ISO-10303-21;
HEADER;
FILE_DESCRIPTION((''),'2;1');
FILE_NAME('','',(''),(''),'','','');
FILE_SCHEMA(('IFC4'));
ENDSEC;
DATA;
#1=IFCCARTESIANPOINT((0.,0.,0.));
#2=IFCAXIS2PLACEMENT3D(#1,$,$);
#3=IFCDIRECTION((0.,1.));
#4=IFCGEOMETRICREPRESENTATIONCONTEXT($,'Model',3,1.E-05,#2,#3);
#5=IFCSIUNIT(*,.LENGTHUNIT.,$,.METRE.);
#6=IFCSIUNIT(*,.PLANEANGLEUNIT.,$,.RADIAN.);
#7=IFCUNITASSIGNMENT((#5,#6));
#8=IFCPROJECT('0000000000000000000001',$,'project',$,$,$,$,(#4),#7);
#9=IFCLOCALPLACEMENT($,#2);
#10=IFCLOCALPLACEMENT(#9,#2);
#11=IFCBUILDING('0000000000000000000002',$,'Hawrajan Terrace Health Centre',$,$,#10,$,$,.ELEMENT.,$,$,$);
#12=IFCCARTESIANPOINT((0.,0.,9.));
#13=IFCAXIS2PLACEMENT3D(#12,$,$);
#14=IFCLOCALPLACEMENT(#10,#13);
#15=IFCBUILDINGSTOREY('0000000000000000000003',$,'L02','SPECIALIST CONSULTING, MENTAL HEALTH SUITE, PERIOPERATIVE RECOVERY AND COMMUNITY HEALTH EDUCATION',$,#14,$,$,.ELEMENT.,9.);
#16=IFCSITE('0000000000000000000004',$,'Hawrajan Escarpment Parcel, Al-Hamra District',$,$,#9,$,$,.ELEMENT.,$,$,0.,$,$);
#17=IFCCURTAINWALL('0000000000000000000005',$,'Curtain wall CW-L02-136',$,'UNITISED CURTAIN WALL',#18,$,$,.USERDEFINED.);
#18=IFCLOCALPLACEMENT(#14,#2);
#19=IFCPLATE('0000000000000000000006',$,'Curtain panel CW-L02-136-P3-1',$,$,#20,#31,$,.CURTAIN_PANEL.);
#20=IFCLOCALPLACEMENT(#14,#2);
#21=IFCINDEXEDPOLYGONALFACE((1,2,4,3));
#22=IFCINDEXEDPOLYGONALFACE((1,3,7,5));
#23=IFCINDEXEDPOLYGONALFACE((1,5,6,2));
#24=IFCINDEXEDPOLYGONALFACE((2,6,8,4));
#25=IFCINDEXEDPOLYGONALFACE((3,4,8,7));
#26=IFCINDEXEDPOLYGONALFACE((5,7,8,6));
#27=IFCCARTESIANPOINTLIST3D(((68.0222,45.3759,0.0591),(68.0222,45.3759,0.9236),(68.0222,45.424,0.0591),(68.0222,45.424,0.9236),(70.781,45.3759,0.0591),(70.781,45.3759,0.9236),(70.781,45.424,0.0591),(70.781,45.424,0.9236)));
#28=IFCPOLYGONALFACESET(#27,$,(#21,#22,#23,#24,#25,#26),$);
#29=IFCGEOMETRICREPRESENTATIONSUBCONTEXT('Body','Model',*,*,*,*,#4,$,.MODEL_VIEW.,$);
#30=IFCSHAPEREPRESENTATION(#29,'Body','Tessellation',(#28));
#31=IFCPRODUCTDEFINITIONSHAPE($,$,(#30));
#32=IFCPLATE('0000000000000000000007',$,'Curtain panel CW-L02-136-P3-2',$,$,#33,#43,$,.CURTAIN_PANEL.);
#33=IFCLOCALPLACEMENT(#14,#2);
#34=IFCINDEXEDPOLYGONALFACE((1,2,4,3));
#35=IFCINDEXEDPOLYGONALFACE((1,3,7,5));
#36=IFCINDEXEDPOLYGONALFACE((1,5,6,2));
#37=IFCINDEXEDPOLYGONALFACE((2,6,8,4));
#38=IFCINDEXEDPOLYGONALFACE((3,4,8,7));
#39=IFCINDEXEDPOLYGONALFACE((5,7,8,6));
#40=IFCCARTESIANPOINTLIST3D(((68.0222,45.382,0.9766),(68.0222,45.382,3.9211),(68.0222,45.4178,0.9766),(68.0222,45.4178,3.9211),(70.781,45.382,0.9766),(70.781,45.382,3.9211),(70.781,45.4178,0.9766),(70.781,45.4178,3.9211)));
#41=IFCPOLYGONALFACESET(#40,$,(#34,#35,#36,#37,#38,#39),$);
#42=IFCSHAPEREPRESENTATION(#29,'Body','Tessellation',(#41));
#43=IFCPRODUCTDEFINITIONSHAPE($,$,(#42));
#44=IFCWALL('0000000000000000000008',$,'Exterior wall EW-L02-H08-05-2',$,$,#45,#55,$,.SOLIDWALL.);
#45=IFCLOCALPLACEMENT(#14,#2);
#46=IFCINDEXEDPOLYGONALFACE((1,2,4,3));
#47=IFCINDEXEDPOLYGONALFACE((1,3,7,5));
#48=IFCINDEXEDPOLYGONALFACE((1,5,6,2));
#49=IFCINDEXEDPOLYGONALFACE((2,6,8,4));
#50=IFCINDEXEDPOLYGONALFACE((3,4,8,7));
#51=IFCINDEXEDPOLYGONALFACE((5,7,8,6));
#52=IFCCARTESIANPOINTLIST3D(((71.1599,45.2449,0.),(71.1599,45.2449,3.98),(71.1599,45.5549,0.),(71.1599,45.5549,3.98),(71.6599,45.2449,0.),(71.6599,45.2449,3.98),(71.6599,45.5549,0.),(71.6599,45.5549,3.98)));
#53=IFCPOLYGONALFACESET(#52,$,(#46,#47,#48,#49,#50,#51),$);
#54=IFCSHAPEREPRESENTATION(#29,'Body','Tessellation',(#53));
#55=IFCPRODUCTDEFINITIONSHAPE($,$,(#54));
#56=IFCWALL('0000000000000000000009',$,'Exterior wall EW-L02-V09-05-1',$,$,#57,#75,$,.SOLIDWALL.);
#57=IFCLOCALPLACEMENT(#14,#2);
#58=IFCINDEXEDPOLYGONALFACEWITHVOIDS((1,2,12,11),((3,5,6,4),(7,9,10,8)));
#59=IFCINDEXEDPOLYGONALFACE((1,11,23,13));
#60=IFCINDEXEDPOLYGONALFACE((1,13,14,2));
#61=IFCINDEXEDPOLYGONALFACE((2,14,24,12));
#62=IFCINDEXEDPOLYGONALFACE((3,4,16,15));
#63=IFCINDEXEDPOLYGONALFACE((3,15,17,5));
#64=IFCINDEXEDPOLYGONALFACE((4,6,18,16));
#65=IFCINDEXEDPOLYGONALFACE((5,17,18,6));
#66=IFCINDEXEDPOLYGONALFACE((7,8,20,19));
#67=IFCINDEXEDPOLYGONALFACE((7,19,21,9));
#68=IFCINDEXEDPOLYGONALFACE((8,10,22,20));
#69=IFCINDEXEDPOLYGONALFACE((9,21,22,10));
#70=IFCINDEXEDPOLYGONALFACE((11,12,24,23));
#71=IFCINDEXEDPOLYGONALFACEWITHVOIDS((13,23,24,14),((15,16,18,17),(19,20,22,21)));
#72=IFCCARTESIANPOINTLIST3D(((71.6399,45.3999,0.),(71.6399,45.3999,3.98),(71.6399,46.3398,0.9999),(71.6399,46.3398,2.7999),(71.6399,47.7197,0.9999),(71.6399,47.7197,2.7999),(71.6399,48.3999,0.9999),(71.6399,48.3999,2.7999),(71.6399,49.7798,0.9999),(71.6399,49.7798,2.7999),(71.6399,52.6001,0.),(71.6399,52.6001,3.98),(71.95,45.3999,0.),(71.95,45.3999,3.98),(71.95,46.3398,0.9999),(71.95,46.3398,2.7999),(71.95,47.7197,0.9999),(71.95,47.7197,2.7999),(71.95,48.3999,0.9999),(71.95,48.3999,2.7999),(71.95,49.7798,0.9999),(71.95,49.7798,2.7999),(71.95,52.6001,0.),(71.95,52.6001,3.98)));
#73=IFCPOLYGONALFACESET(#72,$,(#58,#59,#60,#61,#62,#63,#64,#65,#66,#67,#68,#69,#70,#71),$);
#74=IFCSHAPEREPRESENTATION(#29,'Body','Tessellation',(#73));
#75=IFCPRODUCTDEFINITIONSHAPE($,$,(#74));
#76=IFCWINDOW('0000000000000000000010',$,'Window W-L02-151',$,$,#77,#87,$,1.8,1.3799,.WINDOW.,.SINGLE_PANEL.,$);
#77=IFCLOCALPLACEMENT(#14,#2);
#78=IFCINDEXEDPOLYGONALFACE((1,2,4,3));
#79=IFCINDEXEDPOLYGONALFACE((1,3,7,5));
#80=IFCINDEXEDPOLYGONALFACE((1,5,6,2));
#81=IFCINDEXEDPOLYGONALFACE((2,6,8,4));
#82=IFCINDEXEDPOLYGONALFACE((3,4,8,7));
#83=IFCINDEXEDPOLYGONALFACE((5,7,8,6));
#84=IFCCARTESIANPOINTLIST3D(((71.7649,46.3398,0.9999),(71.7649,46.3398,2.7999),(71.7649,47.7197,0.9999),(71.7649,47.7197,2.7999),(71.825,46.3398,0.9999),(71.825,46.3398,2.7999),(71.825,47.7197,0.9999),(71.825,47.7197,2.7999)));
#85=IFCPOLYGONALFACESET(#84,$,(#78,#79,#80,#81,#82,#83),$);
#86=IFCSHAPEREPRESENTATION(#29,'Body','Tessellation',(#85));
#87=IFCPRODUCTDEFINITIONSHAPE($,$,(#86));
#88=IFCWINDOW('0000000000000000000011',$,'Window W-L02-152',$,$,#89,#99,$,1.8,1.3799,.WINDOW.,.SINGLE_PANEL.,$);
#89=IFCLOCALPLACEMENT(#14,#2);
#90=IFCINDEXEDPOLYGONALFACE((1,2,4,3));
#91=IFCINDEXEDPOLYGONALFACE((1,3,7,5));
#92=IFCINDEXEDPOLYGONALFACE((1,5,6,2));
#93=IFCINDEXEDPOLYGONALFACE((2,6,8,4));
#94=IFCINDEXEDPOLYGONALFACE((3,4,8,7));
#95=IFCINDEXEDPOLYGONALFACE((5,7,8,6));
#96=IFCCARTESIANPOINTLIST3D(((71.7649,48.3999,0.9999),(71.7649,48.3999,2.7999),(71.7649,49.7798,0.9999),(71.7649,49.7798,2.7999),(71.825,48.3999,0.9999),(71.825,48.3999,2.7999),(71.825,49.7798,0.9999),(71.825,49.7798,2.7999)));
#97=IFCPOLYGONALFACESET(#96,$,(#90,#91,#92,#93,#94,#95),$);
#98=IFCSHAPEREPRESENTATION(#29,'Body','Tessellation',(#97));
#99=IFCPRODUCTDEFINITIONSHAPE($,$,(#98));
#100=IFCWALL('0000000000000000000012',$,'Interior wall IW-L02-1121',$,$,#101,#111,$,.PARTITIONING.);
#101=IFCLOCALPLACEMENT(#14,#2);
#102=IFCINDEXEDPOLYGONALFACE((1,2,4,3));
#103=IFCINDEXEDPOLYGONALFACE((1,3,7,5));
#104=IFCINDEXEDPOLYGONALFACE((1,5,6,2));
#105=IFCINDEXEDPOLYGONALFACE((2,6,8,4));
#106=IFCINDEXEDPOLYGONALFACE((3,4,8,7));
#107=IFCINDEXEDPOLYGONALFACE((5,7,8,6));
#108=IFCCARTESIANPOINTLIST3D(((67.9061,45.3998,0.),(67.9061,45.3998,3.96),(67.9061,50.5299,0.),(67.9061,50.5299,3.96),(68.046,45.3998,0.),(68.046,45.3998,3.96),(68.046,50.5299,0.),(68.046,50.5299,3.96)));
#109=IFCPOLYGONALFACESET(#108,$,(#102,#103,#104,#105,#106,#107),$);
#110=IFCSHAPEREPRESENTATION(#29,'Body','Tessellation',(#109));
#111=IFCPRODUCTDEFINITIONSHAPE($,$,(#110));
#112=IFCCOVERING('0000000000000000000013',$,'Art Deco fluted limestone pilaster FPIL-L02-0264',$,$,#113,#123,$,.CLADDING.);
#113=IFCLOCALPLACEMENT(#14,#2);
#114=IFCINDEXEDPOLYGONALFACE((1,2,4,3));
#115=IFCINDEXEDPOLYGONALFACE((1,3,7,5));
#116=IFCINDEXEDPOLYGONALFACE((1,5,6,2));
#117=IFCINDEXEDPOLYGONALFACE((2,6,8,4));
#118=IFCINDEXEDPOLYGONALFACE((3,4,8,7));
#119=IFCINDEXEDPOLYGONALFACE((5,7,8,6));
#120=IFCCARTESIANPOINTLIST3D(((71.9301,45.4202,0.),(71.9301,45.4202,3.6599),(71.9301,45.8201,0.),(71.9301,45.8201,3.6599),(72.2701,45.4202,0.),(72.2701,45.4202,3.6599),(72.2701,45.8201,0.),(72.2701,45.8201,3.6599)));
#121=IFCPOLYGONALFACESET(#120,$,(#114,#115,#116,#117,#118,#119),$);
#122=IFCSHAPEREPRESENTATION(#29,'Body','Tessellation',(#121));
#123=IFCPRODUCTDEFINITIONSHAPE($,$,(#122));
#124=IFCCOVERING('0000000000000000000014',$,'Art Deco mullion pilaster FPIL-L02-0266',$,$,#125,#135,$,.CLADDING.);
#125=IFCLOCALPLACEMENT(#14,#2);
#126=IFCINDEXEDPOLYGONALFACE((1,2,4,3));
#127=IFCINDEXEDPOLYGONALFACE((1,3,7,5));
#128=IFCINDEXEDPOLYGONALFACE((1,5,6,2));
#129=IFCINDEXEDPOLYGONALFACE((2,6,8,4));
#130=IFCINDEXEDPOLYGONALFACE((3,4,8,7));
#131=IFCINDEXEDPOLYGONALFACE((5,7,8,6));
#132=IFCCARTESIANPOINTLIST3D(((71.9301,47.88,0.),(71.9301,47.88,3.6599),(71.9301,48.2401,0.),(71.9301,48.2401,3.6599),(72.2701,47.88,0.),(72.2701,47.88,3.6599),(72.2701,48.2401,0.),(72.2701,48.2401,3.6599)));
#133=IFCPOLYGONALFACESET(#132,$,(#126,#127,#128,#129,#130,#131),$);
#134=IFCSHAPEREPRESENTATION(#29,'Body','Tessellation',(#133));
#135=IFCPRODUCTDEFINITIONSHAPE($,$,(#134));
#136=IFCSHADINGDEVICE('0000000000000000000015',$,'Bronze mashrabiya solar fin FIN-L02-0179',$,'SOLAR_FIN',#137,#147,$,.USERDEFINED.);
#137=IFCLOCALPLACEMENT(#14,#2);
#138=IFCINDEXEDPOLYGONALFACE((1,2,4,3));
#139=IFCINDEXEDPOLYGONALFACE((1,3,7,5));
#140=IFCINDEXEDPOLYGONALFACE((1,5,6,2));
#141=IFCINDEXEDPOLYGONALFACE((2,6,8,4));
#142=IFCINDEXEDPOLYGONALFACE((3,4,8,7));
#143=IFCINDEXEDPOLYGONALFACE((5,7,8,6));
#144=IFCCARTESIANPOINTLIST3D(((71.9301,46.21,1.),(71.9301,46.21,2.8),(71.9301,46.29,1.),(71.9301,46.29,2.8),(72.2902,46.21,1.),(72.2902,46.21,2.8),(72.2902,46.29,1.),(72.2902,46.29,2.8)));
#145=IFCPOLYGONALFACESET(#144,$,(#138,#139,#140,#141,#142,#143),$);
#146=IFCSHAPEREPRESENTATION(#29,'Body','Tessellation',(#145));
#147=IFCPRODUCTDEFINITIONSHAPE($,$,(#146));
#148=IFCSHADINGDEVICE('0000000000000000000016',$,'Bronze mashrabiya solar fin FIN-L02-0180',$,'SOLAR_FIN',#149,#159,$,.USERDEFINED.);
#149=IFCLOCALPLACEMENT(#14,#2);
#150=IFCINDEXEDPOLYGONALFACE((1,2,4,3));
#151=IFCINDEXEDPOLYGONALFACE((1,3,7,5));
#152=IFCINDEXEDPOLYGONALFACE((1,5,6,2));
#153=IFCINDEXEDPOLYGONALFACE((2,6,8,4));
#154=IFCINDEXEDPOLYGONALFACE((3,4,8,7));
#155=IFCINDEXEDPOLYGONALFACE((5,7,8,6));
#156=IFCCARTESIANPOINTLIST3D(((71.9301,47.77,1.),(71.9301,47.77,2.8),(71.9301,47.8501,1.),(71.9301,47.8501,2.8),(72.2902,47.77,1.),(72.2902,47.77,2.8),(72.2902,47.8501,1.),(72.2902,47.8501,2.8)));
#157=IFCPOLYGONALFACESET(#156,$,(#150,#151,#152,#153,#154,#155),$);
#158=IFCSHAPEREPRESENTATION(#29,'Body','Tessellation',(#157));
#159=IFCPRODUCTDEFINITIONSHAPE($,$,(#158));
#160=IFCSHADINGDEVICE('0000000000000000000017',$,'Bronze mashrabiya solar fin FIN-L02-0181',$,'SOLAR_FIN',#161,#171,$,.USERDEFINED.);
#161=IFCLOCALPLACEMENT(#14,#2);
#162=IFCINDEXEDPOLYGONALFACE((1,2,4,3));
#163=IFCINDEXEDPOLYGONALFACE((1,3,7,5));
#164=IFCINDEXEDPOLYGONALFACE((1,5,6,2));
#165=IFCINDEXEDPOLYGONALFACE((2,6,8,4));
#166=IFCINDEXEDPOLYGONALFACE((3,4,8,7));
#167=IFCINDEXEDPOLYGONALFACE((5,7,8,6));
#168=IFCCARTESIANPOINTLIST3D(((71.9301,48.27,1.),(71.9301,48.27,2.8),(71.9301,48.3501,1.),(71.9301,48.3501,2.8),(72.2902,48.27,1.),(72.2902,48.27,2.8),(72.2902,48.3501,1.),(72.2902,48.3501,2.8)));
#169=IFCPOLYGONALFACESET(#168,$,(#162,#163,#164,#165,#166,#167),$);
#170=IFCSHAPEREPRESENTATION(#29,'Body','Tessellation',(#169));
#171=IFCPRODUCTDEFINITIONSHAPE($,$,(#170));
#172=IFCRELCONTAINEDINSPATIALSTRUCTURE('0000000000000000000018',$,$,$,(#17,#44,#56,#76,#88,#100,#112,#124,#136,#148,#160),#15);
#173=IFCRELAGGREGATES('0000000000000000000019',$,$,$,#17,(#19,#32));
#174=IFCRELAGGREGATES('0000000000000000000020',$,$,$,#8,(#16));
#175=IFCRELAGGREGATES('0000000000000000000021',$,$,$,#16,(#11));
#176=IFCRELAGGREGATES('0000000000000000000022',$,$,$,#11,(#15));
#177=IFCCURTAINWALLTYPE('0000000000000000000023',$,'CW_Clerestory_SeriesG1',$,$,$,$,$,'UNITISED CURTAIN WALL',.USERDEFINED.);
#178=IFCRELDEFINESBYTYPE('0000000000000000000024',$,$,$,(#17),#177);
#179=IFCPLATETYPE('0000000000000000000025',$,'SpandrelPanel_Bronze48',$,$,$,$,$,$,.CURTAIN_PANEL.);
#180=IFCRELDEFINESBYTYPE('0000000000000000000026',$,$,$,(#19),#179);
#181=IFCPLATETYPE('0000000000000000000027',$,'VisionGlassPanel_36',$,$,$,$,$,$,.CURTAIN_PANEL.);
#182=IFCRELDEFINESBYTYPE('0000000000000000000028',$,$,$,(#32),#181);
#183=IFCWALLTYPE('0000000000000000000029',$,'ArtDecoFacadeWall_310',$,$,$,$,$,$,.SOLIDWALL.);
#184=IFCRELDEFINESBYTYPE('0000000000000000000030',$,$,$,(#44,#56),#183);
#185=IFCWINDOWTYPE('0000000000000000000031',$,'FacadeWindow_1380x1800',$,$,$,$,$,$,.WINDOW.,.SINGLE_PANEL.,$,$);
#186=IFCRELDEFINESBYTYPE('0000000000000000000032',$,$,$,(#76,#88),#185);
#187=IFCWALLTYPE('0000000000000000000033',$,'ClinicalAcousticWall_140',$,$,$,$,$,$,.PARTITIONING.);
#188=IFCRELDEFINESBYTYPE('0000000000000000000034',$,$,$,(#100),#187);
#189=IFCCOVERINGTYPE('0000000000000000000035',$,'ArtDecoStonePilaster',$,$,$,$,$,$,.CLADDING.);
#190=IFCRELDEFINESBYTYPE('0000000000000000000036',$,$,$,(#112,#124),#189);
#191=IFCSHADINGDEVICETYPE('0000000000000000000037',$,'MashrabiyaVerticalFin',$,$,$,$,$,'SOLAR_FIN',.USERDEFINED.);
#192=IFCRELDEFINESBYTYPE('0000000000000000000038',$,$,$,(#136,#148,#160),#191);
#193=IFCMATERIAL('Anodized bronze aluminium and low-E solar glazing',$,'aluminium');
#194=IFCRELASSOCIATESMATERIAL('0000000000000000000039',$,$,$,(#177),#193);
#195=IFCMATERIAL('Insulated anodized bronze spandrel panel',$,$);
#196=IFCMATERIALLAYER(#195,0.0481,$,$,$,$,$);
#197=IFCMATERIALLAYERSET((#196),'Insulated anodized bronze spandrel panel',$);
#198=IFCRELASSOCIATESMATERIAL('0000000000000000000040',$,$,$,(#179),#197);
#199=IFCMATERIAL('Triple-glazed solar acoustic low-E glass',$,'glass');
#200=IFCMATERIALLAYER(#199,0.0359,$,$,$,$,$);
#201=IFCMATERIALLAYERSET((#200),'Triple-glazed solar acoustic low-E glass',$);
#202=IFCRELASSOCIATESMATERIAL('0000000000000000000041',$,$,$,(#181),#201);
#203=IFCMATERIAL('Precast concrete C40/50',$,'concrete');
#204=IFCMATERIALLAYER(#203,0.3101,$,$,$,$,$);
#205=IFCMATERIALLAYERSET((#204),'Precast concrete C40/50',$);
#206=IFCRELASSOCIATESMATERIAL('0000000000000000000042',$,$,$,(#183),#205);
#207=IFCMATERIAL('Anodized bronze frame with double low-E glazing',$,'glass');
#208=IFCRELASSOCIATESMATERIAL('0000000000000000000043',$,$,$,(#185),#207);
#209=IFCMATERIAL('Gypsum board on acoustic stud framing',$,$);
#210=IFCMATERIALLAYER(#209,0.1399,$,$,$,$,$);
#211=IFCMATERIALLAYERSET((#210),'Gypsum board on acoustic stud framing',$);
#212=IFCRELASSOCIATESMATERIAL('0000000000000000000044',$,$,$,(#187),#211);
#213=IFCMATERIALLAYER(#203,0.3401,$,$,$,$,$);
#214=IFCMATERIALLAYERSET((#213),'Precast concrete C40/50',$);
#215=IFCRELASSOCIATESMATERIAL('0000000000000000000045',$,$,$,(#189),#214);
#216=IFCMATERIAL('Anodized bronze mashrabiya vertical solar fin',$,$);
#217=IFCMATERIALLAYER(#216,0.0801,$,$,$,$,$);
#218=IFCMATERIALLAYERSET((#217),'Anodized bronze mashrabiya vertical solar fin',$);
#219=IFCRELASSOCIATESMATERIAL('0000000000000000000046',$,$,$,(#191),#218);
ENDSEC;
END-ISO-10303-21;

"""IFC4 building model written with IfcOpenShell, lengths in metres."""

from ifc_helpers import new_model, si_unit, direction, frame, frame_2d, origin, origin_2d, place, context, subcontext, project, spatial, rectangle, extrude, material, layer, layer_set, type_object, element, fill, aggregate, save


model = new_model("IFC4")

# Units and contexts
model_context = context("Model", 3, precision=1e-05, world=origin(), true_north=direction((0.0, 1.0)))
body_context = subcontext(model_context, "Body", "Model", "MODEL_VIEW")
ifc_project = project(units=[si_unit("LENGTHUNIT", "METRE"), si_unit("PLANEANGLEUNIT", "RADIAN")], contexts=[model_context])

# Site, building, storey
site_placement = place(None, origin())
site = spatial("IfcSite", under=ifc_project, at=site_placement, Name="Hawrajan Escarpment Parcel, Al-Hamra District", CompositionType="ELEMENT", RefElevation=0.0)
building_placement = place(site_placement, origin())
building = spatial("IfcBuilding", under=site, at=building_placement, Name="Hawrajan Terrace Health Centre", CompositionType="ELEMENT")
storey_placement = place(building_placement, frame((0.0, 0.0, 9.0)))
storey = spatial("IfcBuildingStorey", under=building, at=storey_placement, Name="L02", Description="SPECIALIST CONSULTING, MENTAL HEALTH SUITE, PERIOPERATIVE RECOVERY AND COMMUNITY HEALTH EDUCATION", CompositionType="ELEMENT", Elevation=9.0)

# Curtain wall
ifc_material_1 = material(Name="Anodized bronze aluminium and low-E solar glazing", Category="aluminium")
curtain_wall_type = type_object("IfcCurtainWallType", Name="CW_Clerestory_SeriesG1", ElementType="UNITISED CURTAIN WALL", PredefinedType="USERDEFINED", material=ifc_material_1)
curtain_wall_placement = place(storey_placement, origin())
curtain_wall = element("IfcCurtainWall", 1, at=curtain_wall_placement, inside=storey, type_object=curtain_wall_type, Name="Curtain wall CW-L02-136", ObjectType="UNITISED CURTAIN WALL", PredefinedType="USERDEFINED")

# Plates
ifc_material_2 = material(Name="Insulated anodized bronze spandrel panel")
ifc_layer_1 = layer(ifc_material_2, 0.0481)
ifc_layer_set_1 = layer_set([ifc_layer_1], Name="Insulated anodized bronze spandrel panel")
plate_type_1 = type_object("IfcPlateType", Name="SpandrelPanel_Bronze48", PredefinedType="CURTAIN_PANEL", material=ifc_layer_set_1)
plate_1_placement = place(storey_placement, frame((69.4016, 45.3999, 0.0591), z_axis=(0.0, 0.0, 1.0), x_axis=(1.0, 0.0, 0.0)))
plate_1 = element("IfcPlate", 2, at=plate_1_placement, type_object=plate_type_1, Name="Curtain panel CW-L02-136-P3-1", PredefinedType="CURTAIN_PANEL", context=body_context, shape_type="SweptSolid", body=[
    extrude(rectangle(XDim=2.7588, YDim=0.0481, at=origin_2d()), origin(), (0.0, 0.0, 1.0), 0.8645),
])
ifc_material_3 = material(Name="Triple-glazed solar acoustic low-E glass", Category="glass")
ifc_layer_2 = layer(ifc_material_3, 0.0359)
ifc_layer_set_2 = layer_set([ifc_layer_2], Name="Triple-glazed solar acoustic low-E glass")
plate_type_2 = type_object("IfcPlateType", Name="VisionGlassPanel_36", PredefinedType="CURTAIN_PANEL", material=ifc_layer_set_2)
plate_2_placement = place(storey_placement, frame((69.4016, 45.3999, 0.9766), z_axis=(0.0, 0.0, 1.0), x_axis=(1.0, 0.0, 0.0)))
plate_2 = element("IfcPlate", 3, at=plate_2_placement, type_object=plate_type_2, Name="Curtain panel CW-L02-136-P3-2", PredefinedType="CURTAIN_PANEL", context=body_context, shape_type="SweptSolid", body=[
    extrude(rectangle(XDim=2.7588, YDim=0.0359, at=origin_2d()), origin(), (0.0, 0.0, 1.0), 2.9446),
])
aggregate(curtain_wall, [plate_1, plate_2])

# Wall
ifc_material_4 = material(Name="Precast concrete C40/50", Category="concrete")
ifc_layer_3 = layer(ifc_material_4, 0.3101)
ifc_layer_set_3 = layer_set([ifc_layer_3], Name="Precast concrete C40/50")
wall_type_1 = type_object("IfcWallType", Name="ArtDecoFacadeWall_310", PredefinedType="SOLIDWALL", material=ifc_layer_set_3)
wall_1_placement = place(storey_placement, frame((71.1599, 45.3999, 0.0), z_axis=(0.0, 0.0, 1.0), x_axis=(1.0, 0.0, 0.0)))
element("IfcWall", 4, at=wall_1_placement, inside=storey, type_object=wall_type_1, Name="Exterior wall EW-L02-H08-05-2", PredefinedType="SOLIDWALL", context=body_context, shape_type="SweptSolid", body=[
    extrude(rectangle(XDim=0.5, YDim=0.3101, at=frame_2d((0.25, 0.0))), origin(), (0.0, 0.0, 1.0), 3.98),
])

# Wall, openings, windows
wall_2_placement = place(storey_placement, frame((71.7949, 45.3999, 0.0), z_axis=(0.0, 0.0, 1.0), x_axis=(0.0, 1.0, 0.0)))
wall_2 = element("IfcWall", 5, at=wall_2_placement, inside=storey, type_object=wall_type_1, Name="Exterior wall EW-L02-V09-05-1", PredefinedType="SOLIDWALL", context=body_context, shape_type="SweptSolid", body=[
    extrude(rectangle(XDim=7.2002, YDim=0.3101, at=frame_2d((3.6001, 0.0))), origin(), (0.0, 0.0, 1.0), 3.98),
])
opening_1_placement = place(wall_2_placement, frame((0.9399, 0.0, 1.0)))
opening_1 = element("IfcOpeningElement", 6, at=opening_1_placement, cuts=wall_2, PredefinedType="OPENING", context=body_context, shape_type="SweptSolid", body=[
    extrude(rectangle(XDim=1.3799, YDim=1.8, at=frame_2d((0.6899, 0.8999))), frame((0.0, 0.165, 0.0), z_axis=(0.0, -1.0, 0.0), x_axis=(1.0, 0.0, 0.0)), (0.0, 0.0, 1.0), 0.3301),
])
opening_2_placement = place(wall_2_placement, frame((3.0, 0.0, 1.0)))
opening_2 = element("IfcOpeningElement", 7, at=opening_2_placement, cuts=wall_2, PredefinedType="OPENING", context=body_context, shape_type="SweptSolid", body=[
    extrude(rectangle(XDim=1.3799, YDim=1.8, at=frame_2d((0.6899, 0.8999))), frame((0.0, 0.165, 0.0), z_axis=(0.0, -1.0, 0.0), x_axis=(1.0, 0.0, 0.0)), (0.0, 0.0, 1.0), 0.3301),
])
ifc_material_5 = material(Name="Anodized bronze frame with double low-E glazing", Category="glass")
window_type = type_object("IfcWindowType", Name="FacadeWindow_1380x1800", PartitioningType="SINGLE_PANEL", PredefinedType="WINDOW", material=ifc_material_5)
window_1_placement = place(opening_1_placement, origin())
window_1 = element("IfcWindow", 8, at=window_1_placement, inside=storey, type_object=window_type, Name="Window W-L02-151", OverallHeight=1.8, OverallWidth=1.3799, PartitioningType="SINGLE_PANEL", PredefinedType="WINDOW", context=body_context, shape_type="SweptSolid", body=[
    extrude(rectangle(XDim=1.3799, YDim=1.8, at=frame_2d((0.6899, 0.8999))), frame((0.0, 0.03, 0.0), z_axis=(0.0, -1.0, 0.0), x_axis=(1.0, 0.0, 0.0)), (0.0, 0.0, 1.0), 0.0601),
])
fill(opening_1, window_1)
window_2_placement = place(opening_2_placement, origin())
window_2 = element("IfcWindow", 9, at=window_2_placement, inside=storey, type_object=window_type, Name="Window W-L02-152", OverallHeight=1.8, OverallWidth=1.3799, PartitioningType="SINGLE_PANEL", PredefinedType="WINDOW", context=body_context, shape_type="SweptSolid", body=[
    extrude(rectangle(XDim=1.3799, YDim=1.8, at=frame_2d((0.6899, 0.8999))), frame((0.0, 0.03, 0.0), z_axis=(0.0, -1.0, 0.0), x_axis=(1.0, 0.0, 0.0)), (0.0, 0.0, 1.0), 0.0601),
])
fill(opening_2, window_2)

# Wall
ifc_material_6 = material(Name="Gypsum board on acoustic stud framing")
ifc_layer_4 = layer(ifc_material_6, 0.1399)
ifc_layer_set_4 = layer_set([ifc_layer_4], Name="Gypsum board on acoustic stud framing")
wall_type_2 = type_object("IfcWallType", Name="ClinicalAcousticWall_140", PredefinedType="PARTITIONING", material=ifc_layer_set_4)
wall_3_placement = place(storey_placement, frame((67.9761, 45.3999, 0.0), z_axis=(0.0, 0.0, 1.0), x_axis=(0.0, 1.0, 0.0)))
element("IfcWall", 10, at=wall_3_placement, inside=storey, type_object=wall_type_2, Name="Interior wall IW-L02-1121", PredefinedType="PARTITIONING", context=body_context, shape_type="SweptSolid", body=[
    extrude(rectangle(XDim=5.1301, YDim=0.1399, at=frame_2d((2.5649, 0.0))), origin(), (0.0, 0.0, 1.0), 3.96),
])

# Coverings
ifc_layer_5 = layer(ifc_material_4, 0.3401)
ifc_layer_set_5 = layer_set([ifc_layer_5], Name="Precast concrete C40/50")
covering_type = type_object("IfcCoveringType", Name="ArtDecoStonePilaster", PredefinedType="CLADDING", material=ifc_layer_set_5)
covering_1_placement = place(storey_placement, frame((72.1001, 45.6201, 0.0), z_axis=(0.0, 0.0, 1.0), x_axis=(0.0, 1.0, 0.0)))
element("IfcCovering", 11, at=covering_1_placement, inside=storey, type_object=covering_type, Name="Art Deco fluted limestone pilaster FPIL-L02-0264", PredefinedType="CLADDING", context=body_context, shape_type="SweptSolid", body=[
    extrude(rectangle(XDim=0.3999, YDim=0.3401, at=origin_2d()), origin(), (0.0, 0.0, 1.0), 3.6599),
])
covering_2_placement = place(storey_placement, frame((72.1001, 48.0601, 0.0), z_axis=(0.0, 0.0, 1.0), x_axis=(0.0, 1.0, 0.0)))
element("IfcCovering", 12, at=covering_2_placement, inside=storey, type_object=covering_type, Name="Art Deco mullion pilaster FPIL-L02-0266", PredefinedType="CLADDING", context=body_context, shape_type="SweptSolid", body=[
    extrude(rectangle(XDim=0.3601, YDim=0.3401, at=origin_2d()), origin(), (0.0, 0.0, 1.0), 3.6599),
])

# Shading devices
ifc_material_7 = material(Name="Anodized bronze mashrabiya vertical solar fin")
ifc_layer_6 = layer(ifc_material_7, 0.0801)
ifc_layer_set_6 = layer_set([ifc_layer_6], Name="Anodized bronze mashrabiya vertical solar fin")
shading_device_type = type_object("IfcShadingDeviceType", Name="MashrabiyaVerticalFin", ElementType="SOLAR_FIN", PredefinedType="USERDEFINED", material=ifc_layer_set_6)
for number, where, z_axis, x_axis, name in (
    (13, (72.1101, 46.25, 1.0), (0.0, 0.0, 1.0), (0.0, 1.0, 0.0), "Bronze mashrabiya solar fin FIN-L02-0179"),
    (14, (72.1101, 47.8101, 1.0), (0.0, 0.0, 1.0), (0.0, 1.0, 0.0), "Bronze mashrabiya solar fin FIN-L02-0180"),
    (15, (72.1101, 48.3101, 1.0), (0.0, 0.0, 1.0), (0.0, 1.0, 0.0), "Bronze mashrabiya solar fin FIN-L02-0181"),
):
    element("IfcShadingDevice", number, at=place(storey_placement, frame(where, z_axis=z_axis, x_axis=x_axis)), inside=storey, type_object=shading_device_type, Name=name, ObjectType="SOLAR_FIN", PredefinedType="USERDEFINED", context=body_context, shape_type="SweptSolid", body=[
        extrude(rectangle(XDim=0.0801, YDim=0.3601, at=origin_2d()), origin(), (0.0, 0.0, 1.0), 1.8),
    ])

save(model, "model.ifc")
